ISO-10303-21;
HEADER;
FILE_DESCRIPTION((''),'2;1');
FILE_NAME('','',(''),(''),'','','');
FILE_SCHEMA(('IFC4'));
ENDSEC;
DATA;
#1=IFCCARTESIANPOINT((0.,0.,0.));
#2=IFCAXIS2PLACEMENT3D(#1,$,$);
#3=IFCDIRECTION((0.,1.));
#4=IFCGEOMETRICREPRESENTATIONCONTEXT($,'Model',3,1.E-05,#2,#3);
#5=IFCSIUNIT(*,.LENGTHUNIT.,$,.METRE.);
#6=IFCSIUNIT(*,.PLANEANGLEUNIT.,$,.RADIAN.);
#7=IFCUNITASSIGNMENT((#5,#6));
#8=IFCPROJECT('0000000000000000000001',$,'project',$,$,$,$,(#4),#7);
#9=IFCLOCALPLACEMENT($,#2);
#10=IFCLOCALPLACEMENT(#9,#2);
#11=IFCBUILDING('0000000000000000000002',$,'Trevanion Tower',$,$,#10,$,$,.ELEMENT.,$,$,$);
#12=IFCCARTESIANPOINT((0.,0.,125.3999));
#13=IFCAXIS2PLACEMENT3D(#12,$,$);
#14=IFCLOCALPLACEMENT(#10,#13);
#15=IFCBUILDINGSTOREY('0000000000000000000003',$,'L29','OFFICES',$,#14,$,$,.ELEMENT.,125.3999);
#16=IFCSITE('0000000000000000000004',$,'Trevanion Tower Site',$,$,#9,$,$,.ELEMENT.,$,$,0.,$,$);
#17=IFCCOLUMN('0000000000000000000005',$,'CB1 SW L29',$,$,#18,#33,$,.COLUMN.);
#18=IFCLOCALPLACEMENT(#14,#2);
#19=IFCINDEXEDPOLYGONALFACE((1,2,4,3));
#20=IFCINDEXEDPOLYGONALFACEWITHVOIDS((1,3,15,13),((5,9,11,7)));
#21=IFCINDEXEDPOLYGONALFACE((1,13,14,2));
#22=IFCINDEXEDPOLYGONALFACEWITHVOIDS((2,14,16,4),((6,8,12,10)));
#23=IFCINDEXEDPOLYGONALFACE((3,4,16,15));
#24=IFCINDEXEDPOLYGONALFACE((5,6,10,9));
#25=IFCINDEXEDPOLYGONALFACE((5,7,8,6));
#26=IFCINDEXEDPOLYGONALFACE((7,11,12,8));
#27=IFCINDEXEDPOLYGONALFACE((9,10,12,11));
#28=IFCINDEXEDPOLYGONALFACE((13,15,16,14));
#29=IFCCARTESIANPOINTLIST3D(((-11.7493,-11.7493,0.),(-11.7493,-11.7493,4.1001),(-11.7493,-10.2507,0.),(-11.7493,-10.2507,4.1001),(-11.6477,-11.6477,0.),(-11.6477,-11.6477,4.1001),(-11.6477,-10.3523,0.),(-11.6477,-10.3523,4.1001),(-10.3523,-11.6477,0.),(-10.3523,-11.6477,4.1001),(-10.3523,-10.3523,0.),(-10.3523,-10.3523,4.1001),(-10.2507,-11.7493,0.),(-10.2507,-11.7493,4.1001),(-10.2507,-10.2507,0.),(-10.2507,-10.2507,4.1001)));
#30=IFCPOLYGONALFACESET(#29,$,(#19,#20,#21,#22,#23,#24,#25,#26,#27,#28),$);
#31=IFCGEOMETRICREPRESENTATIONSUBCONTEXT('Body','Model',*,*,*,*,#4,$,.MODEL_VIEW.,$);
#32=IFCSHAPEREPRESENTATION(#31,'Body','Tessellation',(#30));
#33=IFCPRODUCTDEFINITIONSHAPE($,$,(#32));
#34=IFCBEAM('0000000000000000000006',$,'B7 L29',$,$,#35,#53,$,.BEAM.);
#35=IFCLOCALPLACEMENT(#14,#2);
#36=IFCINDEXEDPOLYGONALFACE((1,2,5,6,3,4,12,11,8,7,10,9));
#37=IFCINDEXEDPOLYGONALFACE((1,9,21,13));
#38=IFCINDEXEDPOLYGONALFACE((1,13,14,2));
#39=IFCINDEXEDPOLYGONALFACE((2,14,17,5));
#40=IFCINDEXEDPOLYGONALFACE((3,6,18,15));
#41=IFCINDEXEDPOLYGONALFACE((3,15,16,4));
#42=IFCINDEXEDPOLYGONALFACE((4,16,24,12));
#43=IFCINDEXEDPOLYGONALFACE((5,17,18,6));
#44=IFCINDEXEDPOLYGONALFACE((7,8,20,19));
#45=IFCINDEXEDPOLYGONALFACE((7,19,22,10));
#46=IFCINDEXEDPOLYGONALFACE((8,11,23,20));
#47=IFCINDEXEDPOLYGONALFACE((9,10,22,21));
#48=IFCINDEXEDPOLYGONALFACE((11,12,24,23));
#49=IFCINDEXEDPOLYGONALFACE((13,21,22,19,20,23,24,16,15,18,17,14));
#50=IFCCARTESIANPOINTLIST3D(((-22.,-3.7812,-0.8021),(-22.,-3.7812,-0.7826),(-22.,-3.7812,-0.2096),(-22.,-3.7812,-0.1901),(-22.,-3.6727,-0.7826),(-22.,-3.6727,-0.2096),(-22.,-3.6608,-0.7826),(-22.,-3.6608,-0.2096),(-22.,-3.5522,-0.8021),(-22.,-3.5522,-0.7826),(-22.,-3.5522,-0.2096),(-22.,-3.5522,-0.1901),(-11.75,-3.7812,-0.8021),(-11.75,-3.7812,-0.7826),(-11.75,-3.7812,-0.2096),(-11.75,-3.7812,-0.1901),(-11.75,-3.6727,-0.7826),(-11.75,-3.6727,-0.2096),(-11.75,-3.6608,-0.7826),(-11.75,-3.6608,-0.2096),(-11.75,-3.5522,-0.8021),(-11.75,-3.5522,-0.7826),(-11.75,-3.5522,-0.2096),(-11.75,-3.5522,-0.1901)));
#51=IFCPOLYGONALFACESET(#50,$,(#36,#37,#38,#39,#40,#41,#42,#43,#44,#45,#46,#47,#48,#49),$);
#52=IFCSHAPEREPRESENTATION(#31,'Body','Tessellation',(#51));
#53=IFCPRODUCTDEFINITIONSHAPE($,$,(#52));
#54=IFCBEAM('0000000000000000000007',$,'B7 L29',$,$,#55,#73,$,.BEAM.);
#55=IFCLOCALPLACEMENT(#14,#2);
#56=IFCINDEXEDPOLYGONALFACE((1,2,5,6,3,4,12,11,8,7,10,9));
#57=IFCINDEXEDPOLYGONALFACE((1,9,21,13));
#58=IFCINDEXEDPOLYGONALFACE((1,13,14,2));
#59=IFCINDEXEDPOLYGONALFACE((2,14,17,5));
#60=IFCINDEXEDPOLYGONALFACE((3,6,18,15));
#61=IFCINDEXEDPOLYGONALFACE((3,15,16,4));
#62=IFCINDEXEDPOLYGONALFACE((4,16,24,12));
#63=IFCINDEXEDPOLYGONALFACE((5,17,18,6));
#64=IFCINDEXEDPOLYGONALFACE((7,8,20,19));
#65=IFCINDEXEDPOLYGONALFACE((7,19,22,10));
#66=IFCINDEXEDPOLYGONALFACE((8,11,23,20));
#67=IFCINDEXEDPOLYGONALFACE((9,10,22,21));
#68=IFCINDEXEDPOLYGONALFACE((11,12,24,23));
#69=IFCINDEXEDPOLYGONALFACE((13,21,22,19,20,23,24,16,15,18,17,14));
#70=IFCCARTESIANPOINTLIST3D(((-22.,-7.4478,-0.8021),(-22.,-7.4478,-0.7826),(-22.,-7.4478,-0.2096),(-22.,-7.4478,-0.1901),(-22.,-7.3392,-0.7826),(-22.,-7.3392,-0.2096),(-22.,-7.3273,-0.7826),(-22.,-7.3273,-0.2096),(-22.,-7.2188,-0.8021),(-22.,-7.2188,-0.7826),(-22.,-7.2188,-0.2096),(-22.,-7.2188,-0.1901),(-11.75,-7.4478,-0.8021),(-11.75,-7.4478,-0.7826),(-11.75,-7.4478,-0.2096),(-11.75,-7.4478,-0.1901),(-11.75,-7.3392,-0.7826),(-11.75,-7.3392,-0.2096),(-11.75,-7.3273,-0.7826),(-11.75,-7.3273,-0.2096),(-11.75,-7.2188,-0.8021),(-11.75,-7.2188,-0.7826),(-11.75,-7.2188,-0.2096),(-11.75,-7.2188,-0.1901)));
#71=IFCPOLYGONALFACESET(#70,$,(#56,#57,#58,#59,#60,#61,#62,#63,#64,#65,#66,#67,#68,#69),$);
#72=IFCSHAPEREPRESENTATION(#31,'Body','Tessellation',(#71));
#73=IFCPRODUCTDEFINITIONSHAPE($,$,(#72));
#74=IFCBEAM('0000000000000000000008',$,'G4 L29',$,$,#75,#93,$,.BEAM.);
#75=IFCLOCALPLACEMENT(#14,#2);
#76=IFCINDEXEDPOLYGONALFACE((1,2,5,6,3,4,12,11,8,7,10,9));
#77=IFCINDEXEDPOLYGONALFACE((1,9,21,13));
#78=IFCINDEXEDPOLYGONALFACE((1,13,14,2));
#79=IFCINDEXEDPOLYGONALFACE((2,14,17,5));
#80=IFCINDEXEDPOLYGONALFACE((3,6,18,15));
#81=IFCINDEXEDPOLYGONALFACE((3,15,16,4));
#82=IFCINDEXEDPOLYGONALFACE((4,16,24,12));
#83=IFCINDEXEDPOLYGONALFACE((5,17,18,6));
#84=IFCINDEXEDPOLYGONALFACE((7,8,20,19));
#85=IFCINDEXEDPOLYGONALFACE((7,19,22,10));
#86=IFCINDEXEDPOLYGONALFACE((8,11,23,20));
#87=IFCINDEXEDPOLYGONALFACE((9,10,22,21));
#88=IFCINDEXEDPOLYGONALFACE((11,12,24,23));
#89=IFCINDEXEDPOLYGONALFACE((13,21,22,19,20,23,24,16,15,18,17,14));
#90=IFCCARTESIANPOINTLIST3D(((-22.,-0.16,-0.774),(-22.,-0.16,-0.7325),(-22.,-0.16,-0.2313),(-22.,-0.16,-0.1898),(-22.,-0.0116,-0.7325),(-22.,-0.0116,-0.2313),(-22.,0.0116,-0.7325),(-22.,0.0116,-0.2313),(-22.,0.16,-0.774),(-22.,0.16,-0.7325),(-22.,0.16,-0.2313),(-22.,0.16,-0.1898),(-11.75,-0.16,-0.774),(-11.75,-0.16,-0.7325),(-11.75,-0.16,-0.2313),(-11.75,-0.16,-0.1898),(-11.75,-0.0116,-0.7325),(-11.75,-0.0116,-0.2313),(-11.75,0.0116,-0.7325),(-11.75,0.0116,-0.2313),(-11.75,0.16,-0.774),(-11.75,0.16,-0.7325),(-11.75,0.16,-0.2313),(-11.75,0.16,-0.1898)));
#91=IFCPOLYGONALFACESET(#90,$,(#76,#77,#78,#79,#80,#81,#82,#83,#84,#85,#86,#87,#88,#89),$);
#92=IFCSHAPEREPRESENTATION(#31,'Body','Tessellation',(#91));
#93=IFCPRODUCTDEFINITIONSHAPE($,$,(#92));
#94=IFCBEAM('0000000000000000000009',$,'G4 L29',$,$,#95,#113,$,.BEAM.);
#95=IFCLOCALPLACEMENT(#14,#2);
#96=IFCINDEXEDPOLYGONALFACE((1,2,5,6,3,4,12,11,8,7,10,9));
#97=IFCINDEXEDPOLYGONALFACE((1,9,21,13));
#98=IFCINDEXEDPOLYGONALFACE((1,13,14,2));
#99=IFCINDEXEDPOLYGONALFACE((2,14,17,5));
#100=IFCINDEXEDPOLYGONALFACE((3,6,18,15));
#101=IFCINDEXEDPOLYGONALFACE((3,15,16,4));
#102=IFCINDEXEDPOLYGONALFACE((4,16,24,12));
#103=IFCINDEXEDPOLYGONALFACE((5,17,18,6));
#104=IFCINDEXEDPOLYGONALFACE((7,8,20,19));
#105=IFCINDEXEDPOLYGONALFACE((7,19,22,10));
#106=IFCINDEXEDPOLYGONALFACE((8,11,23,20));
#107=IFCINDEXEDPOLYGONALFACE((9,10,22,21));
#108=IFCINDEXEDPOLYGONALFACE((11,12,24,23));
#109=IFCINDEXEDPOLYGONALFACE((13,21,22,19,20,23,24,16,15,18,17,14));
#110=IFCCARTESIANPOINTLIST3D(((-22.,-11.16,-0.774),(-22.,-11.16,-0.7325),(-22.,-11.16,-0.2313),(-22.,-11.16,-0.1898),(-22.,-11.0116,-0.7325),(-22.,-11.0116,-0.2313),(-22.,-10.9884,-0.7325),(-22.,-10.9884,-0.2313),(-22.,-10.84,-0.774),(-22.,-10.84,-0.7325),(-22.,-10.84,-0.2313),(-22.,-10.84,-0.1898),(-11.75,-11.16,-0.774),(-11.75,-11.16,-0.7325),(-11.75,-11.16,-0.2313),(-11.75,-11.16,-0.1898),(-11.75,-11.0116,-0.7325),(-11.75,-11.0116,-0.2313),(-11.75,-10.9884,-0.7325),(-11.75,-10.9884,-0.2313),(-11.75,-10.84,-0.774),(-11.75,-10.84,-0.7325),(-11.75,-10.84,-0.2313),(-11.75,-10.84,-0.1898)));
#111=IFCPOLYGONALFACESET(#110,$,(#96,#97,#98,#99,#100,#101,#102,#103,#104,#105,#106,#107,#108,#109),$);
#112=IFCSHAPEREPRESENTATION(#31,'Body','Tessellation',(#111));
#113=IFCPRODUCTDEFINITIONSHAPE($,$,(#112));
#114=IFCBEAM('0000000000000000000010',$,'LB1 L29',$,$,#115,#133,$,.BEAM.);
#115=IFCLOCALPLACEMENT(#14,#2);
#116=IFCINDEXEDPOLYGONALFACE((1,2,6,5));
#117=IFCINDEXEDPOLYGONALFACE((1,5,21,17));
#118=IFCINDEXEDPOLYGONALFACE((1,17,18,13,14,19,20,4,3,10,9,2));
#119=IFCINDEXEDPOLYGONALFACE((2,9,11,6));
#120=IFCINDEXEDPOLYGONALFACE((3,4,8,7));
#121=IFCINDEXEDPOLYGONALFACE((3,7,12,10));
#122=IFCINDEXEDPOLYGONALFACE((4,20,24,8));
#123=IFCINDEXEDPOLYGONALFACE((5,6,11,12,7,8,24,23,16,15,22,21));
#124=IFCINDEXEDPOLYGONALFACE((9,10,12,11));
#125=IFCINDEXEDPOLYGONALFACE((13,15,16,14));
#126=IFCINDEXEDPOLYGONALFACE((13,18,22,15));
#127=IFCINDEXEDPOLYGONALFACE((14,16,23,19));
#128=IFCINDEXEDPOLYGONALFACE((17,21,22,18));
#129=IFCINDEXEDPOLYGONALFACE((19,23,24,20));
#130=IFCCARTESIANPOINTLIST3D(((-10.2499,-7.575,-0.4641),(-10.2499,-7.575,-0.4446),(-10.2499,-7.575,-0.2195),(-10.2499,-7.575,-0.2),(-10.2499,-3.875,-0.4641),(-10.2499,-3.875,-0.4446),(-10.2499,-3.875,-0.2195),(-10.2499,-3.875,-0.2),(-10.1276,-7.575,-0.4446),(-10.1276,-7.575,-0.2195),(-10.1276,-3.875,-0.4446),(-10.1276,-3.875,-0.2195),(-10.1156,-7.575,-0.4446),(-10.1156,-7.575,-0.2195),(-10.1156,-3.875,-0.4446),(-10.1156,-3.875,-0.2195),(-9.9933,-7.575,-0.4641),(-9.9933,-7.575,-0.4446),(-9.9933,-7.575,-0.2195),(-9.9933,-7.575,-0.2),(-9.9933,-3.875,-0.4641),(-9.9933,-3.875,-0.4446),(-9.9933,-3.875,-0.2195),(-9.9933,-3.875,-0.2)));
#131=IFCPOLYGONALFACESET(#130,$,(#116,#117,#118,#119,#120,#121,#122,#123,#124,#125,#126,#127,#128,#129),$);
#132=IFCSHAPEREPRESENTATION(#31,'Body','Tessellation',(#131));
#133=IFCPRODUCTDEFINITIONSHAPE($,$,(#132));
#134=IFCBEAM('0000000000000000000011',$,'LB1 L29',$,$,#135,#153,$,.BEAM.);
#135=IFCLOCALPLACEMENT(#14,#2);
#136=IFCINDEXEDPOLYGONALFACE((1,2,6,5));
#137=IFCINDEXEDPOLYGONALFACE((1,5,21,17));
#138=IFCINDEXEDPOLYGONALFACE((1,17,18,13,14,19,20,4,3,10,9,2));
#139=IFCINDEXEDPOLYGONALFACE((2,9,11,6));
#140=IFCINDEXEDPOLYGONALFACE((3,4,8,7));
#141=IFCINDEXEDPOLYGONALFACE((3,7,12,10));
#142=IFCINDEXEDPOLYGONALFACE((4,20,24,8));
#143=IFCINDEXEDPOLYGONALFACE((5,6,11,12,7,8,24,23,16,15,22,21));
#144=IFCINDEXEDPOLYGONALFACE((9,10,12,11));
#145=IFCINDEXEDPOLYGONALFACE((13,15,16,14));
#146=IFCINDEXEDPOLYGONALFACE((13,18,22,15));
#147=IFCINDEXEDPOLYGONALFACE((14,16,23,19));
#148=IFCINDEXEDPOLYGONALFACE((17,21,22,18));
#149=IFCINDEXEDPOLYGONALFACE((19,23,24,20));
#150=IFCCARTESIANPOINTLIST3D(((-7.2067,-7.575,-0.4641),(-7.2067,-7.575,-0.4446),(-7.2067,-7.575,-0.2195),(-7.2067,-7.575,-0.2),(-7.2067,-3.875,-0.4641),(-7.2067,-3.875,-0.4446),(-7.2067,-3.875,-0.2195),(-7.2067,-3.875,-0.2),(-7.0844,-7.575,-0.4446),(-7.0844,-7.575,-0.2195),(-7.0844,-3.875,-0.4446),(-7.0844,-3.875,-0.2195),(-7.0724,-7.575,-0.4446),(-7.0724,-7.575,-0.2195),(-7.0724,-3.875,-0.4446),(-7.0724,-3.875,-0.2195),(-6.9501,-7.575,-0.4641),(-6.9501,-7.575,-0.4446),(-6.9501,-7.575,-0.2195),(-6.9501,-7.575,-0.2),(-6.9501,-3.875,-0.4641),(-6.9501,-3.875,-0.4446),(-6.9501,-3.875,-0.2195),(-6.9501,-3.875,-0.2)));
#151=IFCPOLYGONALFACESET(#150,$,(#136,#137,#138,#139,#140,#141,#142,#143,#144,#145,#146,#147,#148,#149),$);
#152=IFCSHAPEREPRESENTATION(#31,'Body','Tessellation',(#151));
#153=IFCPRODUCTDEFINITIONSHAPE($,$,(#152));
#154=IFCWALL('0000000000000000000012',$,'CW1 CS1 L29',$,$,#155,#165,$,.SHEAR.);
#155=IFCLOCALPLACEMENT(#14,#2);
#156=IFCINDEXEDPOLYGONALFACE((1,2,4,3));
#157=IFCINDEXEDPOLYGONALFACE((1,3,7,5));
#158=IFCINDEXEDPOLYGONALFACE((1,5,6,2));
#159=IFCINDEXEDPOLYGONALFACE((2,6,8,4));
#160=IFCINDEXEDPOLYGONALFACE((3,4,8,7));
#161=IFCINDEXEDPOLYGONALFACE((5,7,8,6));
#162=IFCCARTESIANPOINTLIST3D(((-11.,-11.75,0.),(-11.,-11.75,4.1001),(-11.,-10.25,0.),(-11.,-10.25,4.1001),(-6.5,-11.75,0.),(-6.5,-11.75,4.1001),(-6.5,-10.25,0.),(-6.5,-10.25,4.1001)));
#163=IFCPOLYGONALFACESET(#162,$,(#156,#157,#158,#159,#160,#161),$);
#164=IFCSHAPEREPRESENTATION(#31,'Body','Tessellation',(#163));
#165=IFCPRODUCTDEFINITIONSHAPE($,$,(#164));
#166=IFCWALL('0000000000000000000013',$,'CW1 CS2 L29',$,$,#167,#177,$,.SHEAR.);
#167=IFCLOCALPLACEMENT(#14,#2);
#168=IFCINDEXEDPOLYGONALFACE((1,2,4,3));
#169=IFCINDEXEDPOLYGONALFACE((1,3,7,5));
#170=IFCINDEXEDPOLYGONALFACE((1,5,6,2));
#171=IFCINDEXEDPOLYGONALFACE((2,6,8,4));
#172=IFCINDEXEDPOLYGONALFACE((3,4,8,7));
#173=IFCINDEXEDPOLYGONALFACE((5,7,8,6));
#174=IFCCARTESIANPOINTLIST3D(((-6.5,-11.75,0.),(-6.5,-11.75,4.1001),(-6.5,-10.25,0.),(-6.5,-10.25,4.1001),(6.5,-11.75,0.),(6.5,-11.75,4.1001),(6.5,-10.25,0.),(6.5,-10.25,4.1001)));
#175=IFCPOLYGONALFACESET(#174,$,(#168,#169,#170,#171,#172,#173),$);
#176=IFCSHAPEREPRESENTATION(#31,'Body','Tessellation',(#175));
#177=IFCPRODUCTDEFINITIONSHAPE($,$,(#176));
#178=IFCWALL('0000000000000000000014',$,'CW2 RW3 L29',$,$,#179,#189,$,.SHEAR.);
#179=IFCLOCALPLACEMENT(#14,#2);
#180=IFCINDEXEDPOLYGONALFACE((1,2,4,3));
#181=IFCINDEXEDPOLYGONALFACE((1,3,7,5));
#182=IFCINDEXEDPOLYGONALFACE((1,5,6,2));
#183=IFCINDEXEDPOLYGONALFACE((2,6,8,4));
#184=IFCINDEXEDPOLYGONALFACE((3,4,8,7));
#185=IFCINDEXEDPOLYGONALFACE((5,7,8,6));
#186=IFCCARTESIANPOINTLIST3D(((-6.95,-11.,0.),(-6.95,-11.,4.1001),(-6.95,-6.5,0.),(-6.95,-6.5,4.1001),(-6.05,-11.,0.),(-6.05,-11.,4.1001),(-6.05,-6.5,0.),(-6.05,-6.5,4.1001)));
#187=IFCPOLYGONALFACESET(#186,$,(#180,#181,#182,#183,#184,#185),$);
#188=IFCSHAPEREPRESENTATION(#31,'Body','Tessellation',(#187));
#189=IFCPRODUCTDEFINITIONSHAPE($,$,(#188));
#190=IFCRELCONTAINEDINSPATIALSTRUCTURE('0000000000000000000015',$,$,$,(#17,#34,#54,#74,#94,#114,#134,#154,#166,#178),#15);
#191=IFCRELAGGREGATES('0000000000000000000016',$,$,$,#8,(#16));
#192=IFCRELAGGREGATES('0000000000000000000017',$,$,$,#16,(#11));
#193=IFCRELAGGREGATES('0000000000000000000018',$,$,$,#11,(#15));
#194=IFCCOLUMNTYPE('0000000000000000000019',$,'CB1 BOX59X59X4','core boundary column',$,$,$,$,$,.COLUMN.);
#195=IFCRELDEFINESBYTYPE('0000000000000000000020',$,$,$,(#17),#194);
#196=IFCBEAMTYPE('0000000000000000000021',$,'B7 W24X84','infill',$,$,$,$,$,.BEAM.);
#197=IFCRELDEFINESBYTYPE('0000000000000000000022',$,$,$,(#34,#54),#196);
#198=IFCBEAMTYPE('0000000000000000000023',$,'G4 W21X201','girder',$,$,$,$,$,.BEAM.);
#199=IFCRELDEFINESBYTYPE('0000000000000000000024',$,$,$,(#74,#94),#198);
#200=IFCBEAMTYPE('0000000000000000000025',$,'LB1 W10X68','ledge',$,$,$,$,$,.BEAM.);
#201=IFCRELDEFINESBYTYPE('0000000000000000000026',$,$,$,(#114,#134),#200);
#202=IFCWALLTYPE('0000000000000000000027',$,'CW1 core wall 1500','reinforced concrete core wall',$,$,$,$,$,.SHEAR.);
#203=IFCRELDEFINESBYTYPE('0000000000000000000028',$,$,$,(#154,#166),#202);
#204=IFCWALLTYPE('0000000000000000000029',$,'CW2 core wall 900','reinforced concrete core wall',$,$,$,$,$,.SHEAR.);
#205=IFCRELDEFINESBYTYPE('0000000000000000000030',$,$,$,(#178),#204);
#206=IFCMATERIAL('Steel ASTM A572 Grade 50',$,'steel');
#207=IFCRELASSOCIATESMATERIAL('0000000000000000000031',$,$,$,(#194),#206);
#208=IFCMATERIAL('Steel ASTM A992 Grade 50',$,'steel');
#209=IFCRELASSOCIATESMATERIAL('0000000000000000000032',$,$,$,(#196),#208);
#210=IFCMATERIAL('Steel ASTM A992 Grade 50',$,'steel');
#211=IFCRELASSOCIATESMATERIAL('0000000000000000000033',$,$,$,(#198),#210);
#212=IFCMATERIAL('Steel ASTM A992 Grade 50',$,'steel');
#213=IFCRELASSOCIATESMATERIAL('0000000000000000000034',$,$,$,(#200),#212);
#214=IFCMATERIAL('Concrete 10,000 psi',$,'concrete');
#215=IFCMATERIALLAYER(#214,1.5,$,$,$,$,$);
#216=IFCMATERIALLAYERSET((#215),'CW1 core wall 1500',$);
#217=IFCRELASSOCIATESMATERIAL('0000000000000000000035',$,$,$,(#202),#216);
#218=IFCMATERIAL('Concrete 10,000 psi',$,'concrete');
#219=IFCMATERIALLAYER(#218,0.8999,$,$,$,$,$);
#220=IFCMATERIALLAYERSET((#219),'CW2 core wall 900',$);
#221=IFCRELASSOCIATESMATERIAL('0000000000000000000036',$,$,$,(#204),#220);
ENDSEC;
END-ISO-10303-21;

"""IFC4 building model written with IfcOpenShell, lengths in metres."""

from ifc_helpers import new_model, si_unit, direction, frame, frame_2d, origin, origin_2d, place, context, subcontext, project, spatial, rectangle, hollow_rectangle, i_section, extrude, material, layer, layer_set, material_profile, profile_set, type_object, element, save


model = new_model("IFC4")

# Units and contexts
model_context = context("Model", 3, precision=1e-05, world=origin(), true_north=direction((0.0, 1.0)))
body_context = subcontext(model_context, "Body", "Model", "MODEL_VIEW")
ifc_project = project(units=[si_unit("LENGTHUNIT", "METRE"), si_unit("PLANEANGLEUNIT", "RADIAN")], contexts=[model_context])

# Site, building, storey
site_placement = place(None, origin())
site = spatial("IfcSite", under=ifc_project, at=site_placement, Name="Trevanion Tower Site", CompositionType="ELEMENT", RefElevation=0.0)
building_placement = place(site_placement, origin())
building = spatial("IfcBuilding", under=site, at=building_placement, Name="Trevanion Tower", CompositionType="ELEMENT")
storey_placement = place(building_placement, frame((0.0, 0.0, 125.3999)))
storey = spatial("IfcBuildingStorey", under=building, at=storey_placement, Name="L29", Description="OFFICES", CompositionType="ELEMENT", Elevation=125.3999)

# Column
ifc_material_1 = material(Name="Steel ASTM A572 Grade 50", Category="steel")
ifc_material_profile_1 = material_profile(ifc_material_1, hollow_rectangle(XDim=1.4985, YDim=1.4985, WallThickness=0.1016, at=origin_2d()), Name="BOX59X59X4")
ifc_profile_set_1 = profile_set([ifc_material_profile_1], Name="Steel ASTM A572 Grade 50")
column_type = type_object("IfcColumnType", Name="CB1 BOX59X59X4", Description="core boundary column", PredefinedType="COLUMN", material=ifc_profile_set_1)
column_placement = place(storey_placement, frame((-11.0, -11.0, 0.0), z_axis=(0.0, 0.0, 1.0), x_axis=(1.0, 0.0, 0.0)))
element("IfcColumn", 1, at=column_placement, inside=storey, type_object=column_type, Name="CB1 SW L29", PredefinedType="COLUMN", context=body_context, shape_type="SweptSolid", body=[
    extrude(hollow_rectangle(XDim=1.4985, YDim=1.4985, WallThickness=0.1016, at=origin_2d()), origin(), (0.0, 0.0, 1.0), 4.1001),
])

# Beams
ifc_material_2 = material(Name="Steel ASTM A992 Grade 50", Category="steel")
ifc_material_profile_2 = material_profile(ifc_material_2, i_section(OverallWidth=0.229, OverallDepth=0.6121, WebThickness=0.012, FlangeThickness=0.0195, at=origin_2d()), Name="W24X84")
ifc_profile_set_2 = profile_set([ifc_material_profile_2], Name="Steel ASTM A992 Grade 50")
beam_type_1 = type_object("IfcBeamType", Name="B7 W24X84", Description="infill", PredefinedType="BEAM", material=ifc_profile_set_2)
for number, where, z_axis, x_axis, name in (
    (2, (-11.75, -3.6667, -0.4961), (-1.0, 0.0, 0.0), (0.0, -1.0, 0.0), "B7 L29"),
    (3, (-11.75, -7.3333, -0.4961), (-1.0, 0.0, 0.0), (0.0, -1.0, 0.0), "B7 L29"),
):
    element("IfcBeam", number, at=place(storey_placement, frame(where, z_axis=z_axis, x_axis=x_axis)), inside=storey, type_object=beam_type_1, Name=name, PredefinedType="BEAM", context=body_context, shape_type="SweptSolid", body=[
        extrude(i_section(OverallWidth=0.229, OverallDepth=0.6121, WebThickness=0.012, FlangeThickness=0.0195, at=origin_2d()), origin(), (0.0, 0.0, 1.0), 10.25),
    ])
ifc_material_3 = material(Name="Steel ASTM A992 Grade 50", Category="steel")
ifc_material_profile_3 = material_profile(ifc_material_3, i_section(OverallWidth=0.3201, OverallDepth=0.5842, WebThickness=0.0232, FlangeThickness=0.0415, at=origin_2d()), Name="W21X201")
ifc_profile_set_3 = profile_set([ifc_material_profile_3], Name="Steel ASTM A992 Grade 50")
beam_type_2 = type_object("IfcBeamType", Name="G4 W21X201", Description="girder", PredefinedType="BEAM", material=ifc_profile_set_3)
for number, where, z_axis, x_axis, name in (
    (4, (-11.75, 0.0, -0.4819), (-1.0, 0.0, 0.0), (0.0, -1.0, 0.0), "G4 L29"),
    (5, (-11.75, -11.0, -0.4819), (-1.0, 0.0, 0.0), (0.0, -1.0, 0.0), "G4 L29"),
):
    element("IfcBeam", number, at=place(storey_placement, frame(where, z_axis=z_axis, x_axis=x_axis)), inside=storey, type_object=beam_type_2, Name=name, PredefinedType="BEAM", context=body_context, shape_type="SweptSolid", body=[
        extrude(i_section(OverallWidth=0.3201, OverallDepth=0.5842, WebThickness=0.0232, FlangeThickness=0.0415, at=origin_2d()), origin(), (0.0, 0.0, 1.0), 10.25),
    ])
ifc_material_4 = material(Name="Steel ASTM A992 Grade 50", Category="steel")
ifc_material_profile_4 = material_profile(ifc_material_4, i_section(OverallWidth=0.2566, OverallDepth=0.2642, WebThickness=0.012, FlangeThickness=0.0195, at=origin_2d()), Name="W10X68")
ifc_profile_set_4 = profile_set([ifc_material_profile_4], Name="Steel ASTM A992 Grade 50")
beam_type_3 = type_object("IfcBeamType", Name="LB1 W10X68", Description="ledge", PredefinedType="BEAM", material=ifc_profile_set_4)
for number, where, z_axis, x_axis, name in (
    (6, (-10.1216, -7.575, -0.332), (0.0, 1.0, 0.0), (-1.0, 0.0, 0.0), "LB1 L29"),
    (7, (-7.0784, -7.575, -0.332), (0.0, 1.0, 0.0), (-1.0, 0.0, 0.0), "LB1 L29"),
):
    element("IfcBeam", number, at=place(storey_placement, frame(where, z_axis=z_axis, x_axis=x_axis)), inside=storey, type_object=beam_type_3, Name=name, PredefinedType="BEAM", context=body_context, shape_type="SweptSolid", body=[
        extrude(i_section(OverallWidth=0.2566, OverallDepth=0.2642, WebThickness=0.012, FlangeThickness=0.0195, at=origin_2d()), origin(), (0.0, 0.0, 1.0), 3.7),
    ])

# Walls
ifc_material_5 = material(Name="Concrete 10,000 psi", Category="concrete")
ifc_layer_1 = layer(ifc_material_5, 1.5)
ifc_layer_set_1 = layer_set([ifc_layer_1], Name="CW1 core wall 1500")
wall_type_1 = type_object("IfcWallType", Name="CW1 core wall 1500", Description="reinforced concrete core wall", PredefinedType="SHEAR", material=ifc_layer_set_1)
wall_1_placement = place(storey_placement, frame((-11.0, -11.0, 0.0), z_axis=(0.0, 0.0, 1.0), x_axis=(1.0, 0.0, 0.0)))
element("IfcWall", 8, at=wall_1_placement, inside=storey, type_object=wall_type_1, Name="CW1 CS1 L29", PredefinedType="SHEAR", context=body_context, shape_type="SweptSolid", body=[
    extrude(rectangle(XDim=4.5, YDim=1.5, at=frame_2d((2.25, 0.0))), origin(), (0.0, 0.0, 1.0), 4.1001),
])
wall_2_placement = place(storey_placement, frame((-6.5, -11.0, 0.0), z_axis=(0.0, 0.0, 1.0), x_axis=(1.0, 0.0, 0.0)))
element("IfcWall", 9, at=wall_2_placement, inside=storey, type_object=wall_type_1, Name="CW1 CS2 L29", PredefinedType="SHEAR", context=body_context, shape_type="SweptSolid", body=[
    extrude(rectangle(XDim=13.0, YDim=1.5, at=frame_2d((6.5, 0.0))), origin(), (0.0, 0.0, 1.0), 4.1001),
])
ifc_material_6 = material(Name="Concrete 10,000 psi", Category="concrete")
ifc_layer_2 = layer(ifc_material_6, 0.8999)
ifc_layer_set_2 = layer_set([ifc_layer_2], Name="CW2 core wall 900")
wall_type_2 = type_object("IfcWallType", Name="CW2 core wall 900", Description="reinforced concrete core wall", PredefinedType="SHEAR", material=ifc_layer_set_2)
wall_3_placement = place(storey_placement, frame((-6.5, -6.5, 0.0), z_axis=(0.0, 0.0, 1.0), x_axis=(0.0, -1.0, 0.0)))
element("IfcWall", 10, at=wall_3_placement, inside=storey, type_object=wall_type_2, Name="CW2 RW3 L29", PredefinedType="SHEAR", context=body_context, shape_type="SweptSolid", body=[
    extrude(rectangle(XDim=4.5, YDim=0.8999, at=frame_2d((2.25, 0.0))), origin(), (0.0, 0.0, 1.0), 4.1001),
])

save(model, "model.ifc")
